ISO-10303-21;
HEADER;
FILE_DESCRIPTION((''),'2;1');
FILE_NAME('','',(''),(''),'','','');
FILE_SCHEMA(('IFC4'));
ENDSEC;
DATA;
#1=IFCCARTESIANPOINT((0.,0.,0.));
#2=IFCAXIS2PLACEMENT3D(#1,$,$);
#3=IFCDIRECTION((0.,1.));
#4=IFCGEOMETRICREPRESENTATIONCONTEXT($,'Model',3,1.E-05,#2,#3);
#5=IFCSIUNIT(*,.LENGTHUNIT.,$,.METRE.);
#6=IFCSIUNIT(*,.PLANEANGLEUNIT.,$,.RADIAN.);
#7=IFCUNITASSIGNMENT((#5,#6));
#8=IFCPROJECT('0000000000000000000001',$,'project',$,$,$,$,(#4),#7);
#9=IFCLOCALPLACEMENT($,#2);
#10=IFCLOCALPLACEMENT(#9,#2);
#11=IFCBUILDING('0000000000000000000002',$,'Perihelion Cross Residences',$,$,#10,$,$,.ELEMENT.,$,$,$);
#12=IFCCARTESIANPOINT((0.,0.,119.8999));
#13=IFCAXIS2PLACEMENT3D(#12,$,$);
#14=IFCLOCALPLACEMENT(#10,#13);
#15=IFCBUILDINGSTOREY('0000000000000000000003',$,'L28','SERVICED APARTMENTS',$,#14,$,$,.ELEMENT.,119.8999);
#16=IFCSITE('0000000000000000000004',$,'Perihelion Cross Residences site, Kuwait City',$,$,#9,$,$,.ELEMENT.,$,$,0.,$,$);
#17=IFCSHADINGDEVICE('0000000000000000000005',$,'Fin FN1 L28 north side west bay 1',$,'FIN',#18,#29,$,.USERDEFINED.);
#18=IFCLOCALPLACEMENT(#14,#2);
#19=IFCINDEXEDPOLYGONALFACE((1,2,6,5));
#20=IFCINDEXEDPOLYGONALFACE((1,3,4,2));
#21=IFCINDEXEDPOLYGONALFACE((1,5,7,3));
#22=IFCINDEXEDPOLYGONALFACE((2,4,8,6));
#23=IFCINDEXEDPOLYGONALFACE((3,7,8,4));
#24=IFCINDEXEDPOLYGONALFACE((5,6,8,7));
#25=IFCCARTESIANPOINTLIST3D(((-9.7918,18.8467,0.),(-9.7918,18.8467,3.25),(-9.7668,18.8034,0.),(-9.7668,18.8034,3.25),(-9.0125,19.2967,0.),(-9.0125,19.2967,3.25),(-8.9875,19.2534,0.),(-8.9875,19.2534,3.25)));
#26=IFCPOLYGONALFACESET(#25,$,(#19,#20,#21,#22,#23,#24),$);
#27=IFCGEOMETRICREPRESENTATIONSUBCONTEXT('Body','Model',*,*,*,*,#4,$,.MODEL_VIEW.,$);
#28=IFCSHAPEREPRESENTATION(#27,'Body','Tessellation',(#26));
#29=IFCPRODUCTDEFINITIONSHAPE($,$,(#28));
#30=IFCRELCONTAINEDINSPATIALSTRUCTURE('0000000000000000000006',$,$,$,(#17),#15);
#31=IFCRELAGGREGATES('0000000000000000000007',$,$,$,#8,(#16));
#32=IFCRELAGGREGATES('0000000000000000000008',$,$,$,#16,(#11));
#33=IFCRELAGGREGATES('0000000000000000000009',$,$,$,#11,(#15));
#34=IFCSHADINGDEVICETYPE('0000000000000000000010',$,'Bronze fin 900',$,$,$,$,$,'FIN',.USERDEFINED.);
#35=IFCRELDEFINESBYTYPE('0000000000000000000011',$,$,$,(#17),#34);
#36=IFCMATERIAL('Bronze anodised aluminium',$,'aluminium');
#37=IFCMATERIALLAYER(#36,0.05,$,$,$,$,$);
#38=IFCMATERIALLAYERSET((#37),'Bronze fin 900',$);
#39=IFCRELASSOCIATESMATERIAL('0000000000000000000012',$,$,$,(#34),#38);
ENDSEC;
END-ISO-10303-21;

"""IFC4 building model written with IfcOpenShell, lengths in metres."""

from ifc_helpers import new_model, si_unit, direction, frame, origin, origin_2d, place, context, subcontext, project, spatial, rectangle, extrude, material, layer, layer_set, type_object, element, save


model = new_model("IFC4")

# Units and contexts
model_context = context("Model", 3, precision=1e-05, world=origin(), true_north=direction((0.0, 1.0)))
body_context = subcontext(model_context, "Body", "Model", "MODEL_VIEW")
ifc_project = project(units=[si_unit("LENGTHUNIT", "METRE"), si_unit("PLANEANGLEUNIT", "RADIAN")], contexts=[model_context])

# Site, building, storey
site_placement = place(None, origin())
site = spatial("IfcSite", under=ifc_project, at=site_placement, Name="Perihelion Cross Residences site, Kuwait City", CompositionType="ELEMENT", RefElevation=0.0)
building_placement = place(site_placement, origin())
building = spatial("IfcBuilding", under=site, at=building_placement, Name="Perihelion Cross Residences", CompositionType="ELEMENT")
storey_placement = place(building_placement, frame((0.0, 0.0, 119.8999)))
storey = spatial("IfcBuildingStorey", under=building, at=storey_placement, Name="L28", Description="SERVICED APARTMENTS", CompositionType="ELEMENT", Elevation=119.8999)

# Shading device
ifc_material_1 = material(Name="Bronze anodised aluminium", Category="aluminium")
ifc_layer_1 = layer(ifc_material_1, 0.05)
ifc_layer_set_1 = layer_set([ifc_layer_1], Name="Bronze fin 900")
shading_device_type = type_object("IfcShadingDeviceType", Name="Bronze fin 900", ElementType="FIN", PredefinedType="USERDEFINED", material=ifc_layer_set_1)
shading_device_placement = place(storey_placement, frame((-9.3896, 19.05, 0.0), z_axis=(0.0, 0.0, 1.0), x_axis=(-0.866025, -0.5, 0.0)))
element("IfcShadingDevice", 1, at=shading_device_placement, inside=storey, type_object=shading_device_type, Name="Fin FN1 L28 north side west bay 1", ObjectType="FIN", PredefinedType="USERDEFINED", context=body_context, shape_type="SweptSolid", body=[
    extrude(rectangle(XDim=0.8999, YDim=0.05, at=origin_2d()), origin(), (0.0, 0.0, 1.0), 3.25),
])

save(model, "model.ifc")
